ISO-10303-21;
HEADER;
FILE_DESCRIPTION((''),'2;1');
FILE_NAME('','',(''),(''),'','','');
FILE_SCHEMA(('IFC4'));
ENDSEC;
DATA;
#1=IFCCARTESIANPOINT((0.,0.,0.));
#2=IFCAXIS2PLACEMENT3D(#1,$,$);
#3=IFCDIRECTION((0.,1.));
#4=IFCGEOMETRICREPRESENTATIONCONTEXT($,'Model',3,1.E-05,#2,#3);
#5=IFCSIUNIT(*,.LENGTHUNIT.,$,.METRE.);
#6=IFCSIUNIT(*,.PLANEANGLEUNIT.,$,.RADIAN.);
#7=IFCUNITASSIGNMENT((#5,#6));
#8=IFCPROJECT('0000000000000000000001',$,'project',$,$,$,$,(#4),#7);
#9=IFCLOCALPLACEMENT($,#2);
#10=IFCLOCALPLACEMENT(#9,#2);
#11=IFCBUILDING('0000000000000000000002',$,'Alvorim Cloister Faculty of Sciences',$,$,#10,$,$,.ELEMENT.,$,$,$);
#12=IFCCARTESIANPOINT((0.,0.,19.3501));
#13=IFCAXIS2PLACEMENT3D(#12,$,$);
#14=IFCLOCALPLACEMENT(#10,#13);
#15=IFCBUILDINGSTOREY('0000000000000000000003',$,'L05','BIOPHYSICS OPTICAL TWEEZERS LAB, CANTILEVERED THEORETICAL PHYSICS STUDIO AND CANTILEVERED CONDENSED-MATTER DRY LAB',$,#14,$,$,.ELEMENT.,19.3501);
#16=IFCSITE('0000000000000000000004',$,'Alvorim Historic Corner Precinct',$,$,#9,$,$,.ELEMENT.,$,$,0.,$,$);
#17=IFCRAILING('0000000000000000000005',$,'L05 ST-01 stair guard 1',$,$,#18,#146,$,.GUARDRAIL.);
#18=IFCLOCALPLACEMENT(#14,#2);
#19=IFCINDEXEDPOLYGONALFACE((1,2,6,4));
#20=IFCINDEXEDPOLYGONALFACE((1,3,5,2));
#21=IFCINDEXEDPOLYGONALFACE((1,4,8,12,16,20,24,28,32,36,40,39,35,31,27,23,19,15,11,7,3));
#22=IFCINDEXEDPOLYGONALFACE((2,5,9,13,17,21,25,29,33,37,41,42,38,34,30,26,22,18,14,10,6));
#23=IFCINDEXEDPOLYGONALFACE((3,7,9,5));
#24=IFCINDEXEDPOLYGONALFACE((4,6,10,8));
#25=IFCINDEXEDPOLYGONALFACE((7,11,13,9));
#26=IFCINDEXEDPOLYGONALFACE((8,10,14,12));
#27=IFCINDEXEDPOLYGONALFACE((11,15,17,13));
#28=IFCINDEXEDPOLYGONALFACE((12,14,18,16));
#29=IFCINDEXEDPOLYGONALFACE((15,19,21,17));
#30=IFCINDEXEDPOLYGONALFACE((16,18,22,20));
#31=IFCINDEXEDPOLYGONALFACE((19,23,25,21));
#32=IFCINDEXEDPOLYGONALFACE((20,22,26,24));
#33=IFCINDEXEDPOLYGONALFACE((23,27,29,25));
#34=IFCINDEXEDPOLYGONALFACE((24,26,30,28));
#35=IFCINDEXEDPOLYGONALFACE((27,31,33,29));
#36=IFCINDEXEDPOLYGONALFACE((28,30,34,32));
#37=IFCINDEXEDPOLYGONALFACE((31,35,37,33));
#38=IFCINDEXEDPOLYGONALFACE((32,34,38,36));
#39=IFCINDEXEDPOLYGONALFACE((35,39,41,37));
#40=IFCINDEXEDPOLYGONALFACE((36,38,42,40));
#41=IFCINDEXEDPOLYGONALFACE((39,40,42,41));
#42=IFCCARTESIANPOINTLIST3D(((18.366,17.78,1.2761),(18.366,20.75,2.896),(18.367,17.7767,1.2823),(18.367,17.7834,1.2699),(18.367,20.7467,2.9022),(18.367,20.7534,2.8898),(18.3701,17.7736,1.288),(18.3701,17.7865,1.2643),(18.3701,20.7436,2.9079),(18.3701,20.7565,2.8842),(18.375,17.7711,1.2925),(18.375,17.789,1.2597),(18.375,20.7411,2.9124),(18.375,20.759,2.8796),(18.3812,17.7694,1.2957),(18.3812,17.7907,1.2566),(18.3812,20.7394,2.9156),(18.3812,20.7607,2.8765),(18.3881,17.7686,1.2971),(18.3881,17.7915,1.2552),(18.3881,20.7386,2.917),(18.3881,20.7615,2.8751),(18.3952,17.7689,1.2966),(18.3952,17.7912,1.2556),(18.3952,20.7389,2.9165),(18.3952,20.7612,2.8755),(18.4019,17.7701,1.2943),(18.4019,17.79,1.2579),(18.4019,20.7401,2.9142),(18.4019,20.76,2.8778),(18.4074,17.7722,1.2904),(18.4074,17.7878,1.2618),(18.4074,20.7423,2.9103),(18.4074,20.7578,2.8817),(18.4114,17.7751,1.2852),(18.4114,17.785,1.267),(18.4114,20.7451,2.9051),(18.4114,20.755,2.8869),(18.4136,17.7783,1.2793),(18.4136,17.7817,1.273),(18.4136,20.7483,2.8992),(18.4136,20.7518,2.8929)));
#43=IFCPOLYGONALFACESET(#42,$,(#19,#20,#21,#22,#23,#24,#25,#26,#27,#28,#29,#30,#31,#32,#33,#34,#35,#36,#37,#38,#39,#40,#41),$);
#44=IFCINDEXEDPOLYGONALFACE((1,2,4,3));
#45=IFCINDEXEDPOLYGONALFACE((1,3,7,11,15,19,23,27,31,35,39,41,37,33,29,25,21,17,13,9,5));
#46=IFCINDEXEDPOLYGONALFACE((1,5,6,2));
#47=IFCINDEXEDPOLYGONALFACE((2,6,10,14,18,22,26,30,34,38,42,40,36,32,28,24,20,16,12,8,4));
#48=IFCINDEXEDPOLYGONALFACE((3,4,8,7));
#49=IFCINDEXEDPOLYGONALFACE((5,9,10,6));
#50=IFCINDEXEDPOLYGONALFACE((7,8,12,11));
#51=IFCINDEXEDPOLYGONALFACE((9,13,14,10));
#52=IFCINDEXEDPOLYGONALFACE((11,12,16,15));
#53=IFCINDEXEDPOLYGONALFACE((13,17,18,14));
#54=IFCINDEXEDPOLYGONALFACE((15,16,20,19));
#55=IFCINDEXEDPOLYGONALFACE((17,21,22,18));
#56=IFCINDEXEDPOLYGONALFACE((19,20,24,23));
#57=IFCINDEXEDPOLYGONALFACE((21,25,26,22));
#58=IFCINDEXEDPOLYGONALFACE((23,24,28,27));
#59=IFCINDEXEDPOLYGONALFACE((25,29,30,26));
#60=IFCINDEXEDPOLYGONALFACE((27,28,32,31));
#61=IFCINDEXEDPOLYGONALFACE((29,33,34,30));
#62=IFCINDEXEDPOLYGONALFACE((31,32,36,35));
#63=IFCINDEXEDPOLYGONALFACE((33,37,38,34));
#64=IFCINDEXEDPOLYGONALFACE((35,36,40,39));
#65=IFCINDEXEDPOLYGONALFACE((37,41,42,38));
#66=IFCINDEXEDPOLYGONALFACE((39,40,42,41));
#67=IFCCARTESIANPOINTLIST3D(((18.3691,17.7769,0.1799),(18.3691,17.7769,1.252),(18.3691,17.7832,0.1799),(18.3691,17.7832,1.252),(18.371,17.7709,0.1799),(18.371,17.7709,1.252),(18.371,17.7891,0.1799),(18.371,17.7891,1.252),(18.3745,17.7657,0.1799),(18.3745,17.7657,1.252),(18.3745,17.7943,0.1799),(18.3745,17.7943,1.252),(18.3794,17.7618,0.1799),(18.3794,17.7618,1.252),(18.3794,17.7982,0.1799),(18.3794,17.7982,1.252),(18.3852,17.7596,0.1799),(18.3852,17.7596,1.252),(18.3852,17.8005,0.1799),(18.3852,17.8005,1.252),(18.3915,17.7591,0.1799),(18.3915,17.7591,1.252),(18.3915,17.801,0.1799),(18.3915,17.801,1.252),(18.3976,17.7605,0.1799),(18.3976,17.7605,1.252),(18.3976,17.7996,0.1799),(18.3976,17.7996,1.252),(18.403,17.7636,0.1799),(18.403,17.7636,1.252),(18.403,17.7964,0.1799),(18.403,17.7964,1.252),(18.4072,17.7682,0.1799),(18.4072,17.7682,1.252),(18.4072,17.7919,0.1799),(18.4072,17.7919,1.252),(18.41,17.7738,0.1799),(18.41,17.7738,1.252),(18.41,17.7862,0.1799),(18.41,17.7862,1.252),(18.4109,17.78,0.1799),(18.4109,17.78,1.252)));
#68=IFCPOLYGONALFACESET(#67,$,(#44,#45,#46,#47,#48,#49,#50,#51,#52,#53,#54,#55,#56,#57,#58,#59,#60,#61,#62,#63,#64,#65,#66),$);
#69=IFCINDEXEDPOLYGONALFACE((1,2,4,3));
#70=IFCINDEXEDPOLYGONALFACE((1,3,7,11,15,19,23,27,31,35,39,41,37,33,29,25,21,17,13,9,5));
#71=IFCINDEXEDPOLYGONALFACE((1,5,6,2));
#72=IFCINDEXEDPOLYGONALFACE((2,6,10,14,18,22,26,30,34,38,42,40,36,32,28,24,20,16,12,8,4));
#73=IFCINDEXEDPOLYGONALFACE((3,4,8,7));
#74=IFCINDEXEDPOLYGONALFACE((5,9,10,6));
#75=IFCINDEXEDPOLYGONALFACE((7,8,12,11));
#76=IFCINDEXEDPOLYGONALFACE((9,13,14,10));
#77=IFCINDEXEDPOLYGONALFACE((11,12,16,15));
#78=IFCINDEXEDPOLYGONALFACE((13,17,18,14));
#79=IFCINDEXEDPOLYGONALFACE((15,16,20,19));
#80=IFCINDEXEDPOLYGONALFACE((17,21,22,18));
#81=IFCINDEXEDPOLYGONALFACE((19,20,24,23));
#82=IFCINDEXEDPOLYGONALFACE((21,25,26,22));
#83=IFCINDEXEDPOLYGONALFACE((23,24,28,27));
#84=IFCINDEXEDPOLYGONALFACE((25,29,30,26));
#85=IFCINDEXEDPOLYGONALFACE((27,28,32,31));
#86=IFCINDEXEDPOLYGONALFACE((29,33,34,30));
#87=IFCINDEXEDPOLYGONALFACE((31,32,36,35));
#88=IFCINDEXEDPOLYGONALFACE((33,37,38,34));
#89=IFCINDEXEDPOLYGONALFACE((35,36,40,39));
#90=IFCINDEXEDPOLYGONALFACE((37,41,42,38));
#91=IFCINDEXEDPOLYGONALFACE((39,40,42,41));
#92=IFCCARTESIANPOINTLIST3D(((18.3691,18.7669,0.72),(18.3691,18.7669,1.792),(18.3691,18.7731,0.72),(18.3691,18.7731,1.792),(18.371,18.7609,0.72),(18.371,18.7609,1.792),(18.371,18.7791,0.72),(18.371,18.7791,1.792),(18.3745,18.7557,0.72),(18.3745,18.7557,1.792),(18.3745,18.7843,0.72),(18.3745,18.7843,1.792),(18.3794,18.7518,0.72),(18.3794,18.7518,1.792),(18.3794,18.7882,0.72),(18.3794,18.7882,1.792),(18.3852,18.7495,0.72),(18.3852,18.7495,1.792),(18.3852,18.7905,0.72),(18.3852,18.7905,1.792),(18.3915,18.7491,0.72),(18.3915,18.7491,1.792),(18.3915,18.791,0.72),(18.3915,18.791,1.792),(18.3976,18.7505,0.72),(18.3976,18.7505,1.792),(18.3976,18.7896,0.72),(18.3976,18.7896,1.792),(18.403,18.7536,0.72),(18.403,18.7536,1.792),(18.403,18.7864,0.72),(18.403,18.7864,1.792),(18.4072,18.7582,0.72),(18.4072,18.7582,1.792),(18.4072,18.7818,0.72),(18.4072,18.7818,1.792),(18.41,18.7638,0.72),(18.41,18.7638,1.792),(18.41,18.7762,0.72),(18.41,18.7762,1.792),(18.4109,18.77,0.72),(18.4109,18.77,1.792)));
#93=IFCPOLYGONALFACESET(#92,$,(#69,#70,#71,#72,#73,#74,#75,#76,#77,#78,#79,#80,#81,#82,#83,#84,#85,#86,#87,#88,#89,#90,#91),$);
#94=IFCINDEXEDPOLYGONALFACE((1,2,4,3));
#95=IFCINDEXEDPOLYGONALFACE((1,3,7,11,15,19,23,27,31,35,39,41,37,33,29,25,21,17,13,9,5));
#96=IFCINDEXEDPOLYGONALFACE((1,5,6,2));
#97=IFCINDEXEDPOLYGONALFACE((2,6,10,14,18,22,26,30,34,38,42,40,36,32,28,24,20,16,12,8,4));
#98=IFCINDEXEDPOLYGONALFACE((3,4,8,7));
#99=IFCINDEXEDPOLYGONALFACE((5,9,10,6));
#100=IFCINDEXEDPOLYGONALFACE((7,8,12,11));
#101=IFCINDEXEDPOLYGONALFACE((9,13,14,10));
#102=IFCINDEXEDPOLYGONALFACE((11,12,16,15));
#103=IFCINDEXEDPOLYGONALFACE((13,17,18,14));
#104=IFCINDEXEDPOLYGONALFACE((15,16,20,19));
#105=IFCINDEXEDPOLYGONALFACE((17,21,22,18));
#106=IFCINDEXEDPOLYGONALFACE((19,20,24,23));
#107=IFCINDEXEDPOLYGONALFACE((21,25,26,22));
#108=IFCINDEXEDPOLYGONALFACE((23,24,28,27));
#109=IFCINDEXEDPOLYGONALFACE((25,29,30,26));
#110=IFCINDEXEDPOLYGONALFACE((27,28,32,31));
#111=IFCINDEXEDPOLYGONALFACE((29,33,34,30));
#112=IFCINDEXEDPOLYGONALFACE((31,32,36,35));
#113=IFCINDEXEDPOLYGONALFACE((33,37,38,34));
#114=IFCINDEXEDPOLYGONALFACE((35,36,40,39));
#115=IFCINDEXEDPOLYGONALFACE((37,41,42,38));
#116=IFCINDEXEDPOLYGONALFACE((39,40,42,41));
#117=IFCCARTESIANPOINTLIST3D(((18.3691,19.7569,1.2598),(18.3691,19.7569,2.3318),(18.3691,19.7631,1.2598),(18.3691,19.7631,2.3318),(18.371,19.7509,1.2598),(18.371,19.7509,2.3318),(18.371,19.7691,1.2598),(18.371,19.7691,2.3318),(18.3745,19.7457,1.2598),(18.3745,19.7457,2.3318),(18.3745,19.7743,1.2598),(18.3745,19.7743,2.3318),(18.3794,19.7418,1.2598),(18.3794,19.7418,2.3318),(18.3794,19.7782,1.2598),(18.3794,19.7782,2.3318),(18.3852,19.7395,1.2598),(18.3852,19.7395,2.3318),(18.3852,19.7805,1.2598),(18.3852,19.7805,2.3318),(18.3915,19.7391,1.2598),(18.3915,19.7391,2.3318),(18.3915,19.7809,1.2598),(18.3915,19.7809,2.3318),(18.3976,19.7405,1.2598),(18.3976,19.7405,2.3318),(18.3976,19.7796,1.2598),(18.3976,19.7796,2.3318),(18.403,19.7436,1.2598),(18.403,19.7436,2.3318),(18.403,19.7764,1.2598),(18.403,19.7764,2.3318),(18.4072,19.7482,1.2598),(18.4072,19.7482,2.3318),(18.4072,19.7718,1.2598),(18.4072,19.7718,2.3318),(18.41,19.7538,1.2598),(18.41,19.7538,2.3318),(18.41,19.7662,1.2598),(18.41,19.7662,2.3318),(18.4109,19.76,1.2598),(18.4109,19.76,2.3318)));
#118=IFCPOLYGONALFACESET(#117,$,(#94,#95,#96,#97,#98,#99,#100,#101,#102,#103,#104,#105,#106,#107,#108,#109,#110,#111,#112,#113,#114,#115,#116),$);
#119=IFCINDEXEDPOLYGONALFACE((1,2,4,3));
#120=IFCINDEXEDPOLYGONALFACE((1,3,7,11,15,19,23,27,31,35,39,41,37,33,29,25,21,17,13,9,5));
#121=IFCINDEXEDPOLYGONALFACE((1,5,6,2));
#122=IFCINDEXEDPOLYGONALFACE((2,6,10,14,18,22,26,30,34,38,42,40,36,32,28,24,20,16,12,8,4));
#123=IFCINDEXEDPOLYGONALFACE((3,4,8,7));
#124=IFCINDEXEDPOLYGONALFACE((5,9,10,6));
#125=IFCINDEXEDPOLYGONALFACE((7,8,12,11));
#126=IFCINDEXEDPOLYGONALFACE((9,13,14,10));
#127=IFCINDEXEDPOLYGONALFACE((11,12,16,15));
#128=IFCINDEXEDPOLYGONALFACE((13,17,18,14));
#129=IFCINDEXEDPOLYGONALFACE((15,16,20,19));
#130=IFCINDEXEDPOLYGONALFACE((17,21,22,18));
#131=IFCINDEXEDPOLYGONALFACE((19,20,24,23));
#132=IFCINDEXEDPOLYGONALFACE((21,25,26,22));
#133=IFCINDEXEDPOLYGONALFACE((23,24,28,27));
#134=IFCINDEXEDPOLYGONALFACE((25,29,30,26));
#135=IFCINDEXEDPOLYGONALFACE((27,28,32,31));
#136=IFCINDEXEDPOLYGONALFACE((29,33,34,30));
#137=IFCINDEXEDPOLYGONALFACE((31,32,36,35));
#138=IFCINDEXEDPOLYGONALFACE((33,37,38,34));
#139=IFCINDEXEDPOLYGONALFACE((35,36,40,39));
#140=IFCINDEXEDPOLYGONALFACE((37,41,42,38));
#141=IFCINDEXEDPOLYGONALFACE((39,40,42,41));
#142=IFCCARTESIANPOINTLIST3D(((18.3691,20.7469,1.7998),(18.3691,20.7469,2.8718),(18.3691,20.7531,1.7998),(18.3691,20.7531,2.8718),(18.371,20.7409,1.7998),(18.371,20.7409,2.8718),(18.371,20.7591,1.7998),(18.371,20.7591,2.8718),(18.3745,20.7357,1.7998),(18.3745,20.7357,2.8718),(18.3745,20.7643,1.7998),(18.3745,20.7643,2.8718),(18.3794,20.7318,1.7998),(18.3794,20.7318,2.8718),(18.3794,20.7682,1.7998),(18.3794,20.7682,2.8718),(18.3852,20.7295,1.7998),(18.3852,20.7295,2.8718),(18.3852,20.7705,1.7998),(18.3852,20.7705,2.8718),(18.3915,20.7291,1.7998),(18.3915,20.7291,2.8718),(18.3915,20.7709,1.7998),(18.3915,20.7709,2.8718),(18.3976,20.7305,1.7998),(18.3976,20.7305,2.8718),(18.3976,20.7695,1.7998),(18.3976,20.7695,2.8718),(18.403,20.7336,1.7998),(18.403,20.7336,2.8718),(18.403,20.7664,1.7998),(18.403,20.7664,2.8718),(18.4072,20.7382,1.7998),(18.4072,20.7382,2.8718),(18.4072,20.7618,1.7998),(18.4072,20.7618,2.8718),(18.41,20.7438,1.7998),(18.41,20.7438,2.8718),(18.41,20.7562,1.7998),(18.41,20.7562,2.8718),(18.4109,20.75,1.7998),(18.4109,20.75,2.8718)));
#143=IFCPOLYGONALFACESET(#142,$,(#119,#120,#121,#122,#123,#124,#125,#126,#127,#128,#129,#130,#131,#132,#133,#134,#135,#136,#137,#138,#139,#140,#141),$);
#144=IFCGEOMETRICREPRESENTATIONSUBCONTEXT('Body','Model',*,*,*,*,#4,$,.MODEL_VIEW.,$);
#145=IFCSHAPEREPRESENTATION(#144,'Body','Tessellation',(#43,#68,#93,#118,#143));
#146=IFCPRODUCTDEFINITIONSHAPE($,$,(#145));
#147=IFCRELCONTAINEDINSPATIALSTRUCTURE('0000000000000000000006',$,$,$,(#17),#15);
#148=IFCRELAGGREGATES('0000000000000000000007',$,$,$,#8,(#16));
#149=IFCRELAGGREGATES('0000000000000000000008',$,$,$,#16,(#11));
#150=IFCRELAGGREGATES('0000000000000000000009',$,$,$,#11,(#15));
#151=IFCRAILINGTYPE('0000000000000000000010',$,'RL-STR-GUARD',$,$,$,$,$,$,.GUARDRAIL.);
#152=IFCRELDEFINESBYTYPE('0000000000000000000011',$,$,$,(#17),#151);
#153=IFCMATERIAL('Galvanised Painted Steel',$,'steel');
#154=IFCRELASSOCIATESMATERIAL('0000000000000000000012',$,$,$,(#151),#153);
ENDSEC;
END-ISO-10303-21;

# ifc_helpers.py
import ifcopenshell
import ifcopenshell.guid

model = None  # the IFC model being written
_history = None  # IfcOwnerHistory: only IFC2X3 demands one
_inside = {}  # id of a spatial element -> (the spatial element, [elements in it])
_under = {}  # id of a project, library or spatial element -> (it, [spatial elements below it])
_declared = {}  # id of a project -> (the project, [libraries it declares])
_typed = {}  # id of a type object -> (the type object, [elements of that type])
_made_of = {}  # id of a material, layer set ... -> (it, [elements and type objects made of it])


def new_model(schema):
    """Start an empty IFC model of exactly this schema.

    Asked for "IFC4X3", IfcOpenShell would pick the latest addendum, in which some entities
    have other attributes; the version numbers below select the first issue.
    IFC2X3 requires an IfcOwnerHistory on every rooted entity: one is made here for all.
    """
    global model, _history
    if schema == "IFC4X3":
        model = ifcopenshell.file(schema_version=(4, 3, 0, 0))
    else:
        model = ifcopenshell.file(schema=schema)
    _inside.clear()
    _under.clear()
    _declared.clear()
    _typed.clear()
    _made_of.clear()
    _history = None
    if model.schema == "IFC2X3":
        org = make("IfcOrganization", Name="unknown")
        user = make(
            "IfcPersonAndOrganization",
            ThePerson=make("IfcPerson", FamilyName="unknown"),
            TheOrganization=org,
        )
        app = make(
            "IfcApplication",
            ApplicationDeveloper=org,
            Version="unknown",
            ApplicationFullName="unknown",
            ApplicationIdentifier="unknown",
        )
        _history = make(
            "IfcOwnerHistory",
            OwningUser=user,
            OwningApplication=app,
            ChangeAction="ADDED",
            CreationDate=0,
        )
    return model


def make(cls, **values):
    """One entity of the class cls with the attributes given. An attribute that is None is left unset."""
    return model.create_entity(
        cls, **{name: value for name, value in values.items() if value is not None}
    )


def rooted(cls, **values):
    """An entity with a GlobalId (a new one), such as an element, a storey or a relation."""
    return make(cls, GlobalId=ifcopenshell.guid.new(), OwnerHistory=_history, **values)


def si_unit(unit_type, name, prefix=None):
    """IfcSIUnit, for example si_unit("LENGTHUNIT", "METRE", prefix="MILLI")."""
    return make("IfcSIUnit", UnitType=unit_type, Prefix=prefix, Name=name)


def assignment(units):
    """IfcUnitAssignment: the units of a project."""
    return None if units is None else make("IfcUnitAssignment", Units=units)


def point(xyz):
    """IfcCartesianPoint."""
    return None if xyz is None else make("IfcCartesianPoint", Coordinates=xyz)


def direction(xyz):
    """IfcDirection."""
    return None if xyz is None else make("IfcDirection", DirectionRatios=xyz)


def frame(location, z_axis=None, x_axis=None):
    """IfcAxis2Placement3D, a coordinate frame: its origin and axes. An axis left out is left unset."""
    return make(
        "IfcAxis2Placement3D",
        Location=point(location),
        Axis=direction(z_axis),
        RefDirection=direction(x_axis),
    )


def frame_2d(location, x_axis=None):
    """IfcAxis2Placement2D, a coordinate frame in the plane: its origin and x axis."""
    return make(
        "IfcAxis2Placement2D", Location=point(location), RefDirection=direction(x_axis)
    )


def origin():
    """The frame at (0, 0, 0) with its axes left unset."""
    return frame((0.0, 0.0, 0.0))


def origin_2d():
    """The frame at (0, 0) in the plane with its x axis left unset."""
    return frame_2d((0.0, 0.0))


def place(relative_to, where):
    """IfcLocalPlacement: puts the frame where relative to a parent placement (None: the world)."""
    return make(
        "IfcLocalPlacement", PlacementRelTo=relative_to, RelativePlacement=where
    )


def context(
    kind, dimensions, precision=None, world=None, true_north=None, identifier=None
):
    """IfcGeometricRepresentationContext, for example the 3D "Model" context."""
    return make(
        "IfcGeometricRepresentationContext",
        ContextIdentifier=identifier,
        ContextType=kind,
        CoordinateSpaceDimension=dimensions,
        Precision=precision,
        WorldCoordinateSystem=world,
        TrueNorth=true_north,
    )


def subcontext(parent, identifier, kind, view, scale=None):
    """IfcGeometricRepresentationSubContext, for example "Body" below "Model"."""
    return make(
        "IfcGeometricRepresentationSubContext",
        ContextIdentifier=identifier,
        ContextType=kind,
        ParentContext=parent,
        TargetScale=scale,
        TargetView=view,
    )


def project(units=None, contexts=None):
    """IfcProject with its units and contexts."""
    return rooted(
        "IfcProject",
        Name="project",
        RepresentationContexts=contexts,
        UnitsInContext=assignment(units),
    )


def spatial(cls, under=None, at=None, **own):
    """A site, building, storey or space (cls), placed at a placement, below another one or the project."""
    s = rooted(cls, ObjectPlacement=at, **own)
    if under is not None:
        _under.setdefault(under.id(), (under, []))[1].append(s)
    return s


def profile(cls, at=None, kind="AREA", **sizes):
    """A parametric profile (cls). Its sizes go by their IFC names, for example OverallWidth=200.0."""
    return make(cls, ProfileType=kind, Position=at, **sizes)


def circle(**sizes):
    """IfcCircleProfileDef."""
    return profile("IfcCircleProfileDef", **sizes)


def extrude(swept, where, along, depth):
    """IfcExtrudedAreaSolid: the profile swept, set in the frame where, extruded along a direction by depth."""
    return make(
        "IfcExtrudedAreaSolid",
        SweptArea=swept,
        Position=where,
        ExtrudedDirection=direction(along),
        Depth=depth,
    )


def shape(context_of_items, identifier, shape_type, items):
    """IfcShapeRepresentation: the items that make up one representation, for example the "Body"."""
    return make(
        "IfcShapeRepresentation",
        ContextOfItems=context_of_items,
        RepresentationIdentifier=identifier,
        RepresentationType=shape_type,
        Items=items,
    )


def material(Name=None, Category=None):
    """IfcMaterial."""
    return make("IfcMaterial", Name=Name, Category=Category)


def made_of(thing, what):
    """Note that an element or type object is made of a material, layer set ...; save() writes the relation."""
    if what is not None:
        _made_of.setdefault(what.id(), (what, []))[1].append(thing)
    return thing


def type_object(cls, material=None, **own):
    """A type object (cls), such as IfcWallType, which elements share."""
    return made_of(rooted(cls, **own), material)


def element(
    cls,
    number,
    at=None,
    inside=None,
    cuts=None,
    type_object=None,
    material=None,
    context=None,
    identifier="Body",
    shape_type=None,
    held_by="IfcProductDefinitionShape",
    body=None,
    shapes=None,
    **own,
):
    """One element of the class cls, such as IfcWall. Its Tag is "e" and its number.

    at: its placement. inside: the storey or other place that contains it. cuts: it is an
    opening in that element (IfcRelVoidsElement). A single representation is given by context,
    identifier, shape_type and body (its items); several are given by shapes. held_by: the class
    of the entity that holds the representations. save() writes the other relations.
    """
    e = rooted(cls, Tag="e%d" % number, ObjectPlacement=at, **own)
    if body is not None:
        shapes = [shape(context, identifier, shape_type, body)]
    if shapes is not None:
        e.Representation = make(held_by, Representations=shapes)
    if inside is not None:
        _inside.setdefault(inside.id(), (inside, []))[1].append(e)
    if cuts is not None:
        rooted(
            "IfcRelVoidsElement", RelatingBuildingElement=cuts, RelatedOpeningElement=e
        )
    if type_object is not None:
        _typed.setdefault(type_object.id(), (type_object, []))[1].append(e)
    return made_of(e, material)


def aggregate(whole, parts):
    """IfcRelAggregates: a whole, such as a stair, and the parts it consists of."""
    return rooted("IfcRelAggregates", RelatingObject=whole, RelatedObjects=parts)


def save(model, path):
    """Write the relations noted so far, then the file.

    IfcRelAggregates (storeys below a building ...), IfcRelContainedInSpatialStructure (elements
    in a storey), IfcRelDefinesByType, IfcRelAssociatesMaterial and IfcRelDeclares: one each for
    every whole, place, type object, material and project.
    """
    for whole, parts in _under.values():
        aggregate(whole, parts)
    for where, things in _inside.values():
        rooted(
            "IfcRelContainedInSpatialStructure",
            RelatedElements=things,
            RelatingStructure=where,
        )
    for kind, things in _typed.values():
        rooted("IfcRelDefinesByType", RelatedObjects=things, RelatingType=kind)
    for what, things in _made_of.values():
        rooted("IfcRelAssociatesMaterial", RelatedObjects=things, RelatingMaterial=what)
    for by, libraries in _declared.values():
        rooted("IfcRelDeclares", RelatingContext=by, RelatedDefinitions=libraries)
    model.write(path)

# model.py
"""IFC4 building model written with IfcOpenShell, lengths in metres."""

from ifc_helpers import new_model, si_unit, direction, frame, origin, origin_2d, place, context, subcontext, project, spatial, circle, extrude, material, type_object, element, save


model = new_model("IFC4")

# Units and contexts
model_context = context("Model", 3, precision=1e-05, world=origin(), true_north=direction((0.0, 1.0)))
body_context = subcontext(model_context, "Body", "Model", "MODEL_VIEW")
ifc_project = project(units=[si_unit("LENGTHUNIT", "METRE"), si_unit("PLANEANGLEUNIT", "RADIAN")], contexts=[model_context])

# Site, building, storey
site_placement = place(None, origin())
site = spatial("IfcSite", under=ifc_project, at=site_placement, Name="Alvorim Historic Corner Precinct", CompositionType="ELEMENT", RefElevation=0.0)
building_placement = place(site_placement, origin())
building = spatial("IfcBuilding", under=site, at=building_placement, Name="Alvorim Cloister Faculty of Sciences", CompositionType="ELEMENT")
storey_placement = place(building_placement, frame((0.0, 0.0, 19.3501)))
storey = spatial("IfcBuildingStorey", under=building, at=storey_placement, Name="L05", Description="BIOPHYSICS OPTICAL TWEEZERS LAB, CANTILEVERED THEORETICAL PHYSICS STUDIO AND CANTILEVERED CONDENSED-MATTER DRY LAB", CompositionType="ELEMENT", Elevation=19.3501)

# Railing
ifc_material_1 = material(Name="Galvanised Painted Steel", Category="steel")
railing_type_1 = type_object("IfcRailingType", Name="RL-STR-GUARD", PredefinedType="GUARDRAIL", material=ifc_material_1)
railing_1_placement = place(storey_placement, frame((18.3899, 17.78, 0.1799)))
element("IfcRailing", 1, at=railing_1_placement, inside=storey, type_object=railing_type_1, Name="L05 ST-01 stair guard 1", PredefinedType="GUARDRAIL", context=body_context, shape_type="SweptSolid", body=[
    extrude(circle(Radius=0.0239, at=origin_2d()), frame((0.0, 0.0, 1.0962), z_axis=(0.0, 0.877909, 0.478827), x_axis=(-1.0, 0.0, 0.0)), (0.0, 0.0, 1.0), 3.3831),
    extrude(circle(Radius=0.021, at=origin_2d()), origin(), (0.0, 0.0, 1.0), 1.072),
    extrude(circle(Radius=0.021, at=origin_2d()), frame((0.0, 0.99, 0.54)), (0.0, 0.0, 1.0), 1.072),
    extrude(circle(Radius=0.021, at=origin_2d()), frame((0.0, 1.98, 1.0798)), (0.0, 0.0, 1.0), 1.072),
    extrude(circle(Radius=0.021, at=origin_2d()), frame((0.0, 2.97, 1.6199)), (0.0, 0.0, 1.0), 1.072),
])

save(model, "model.ifc")
